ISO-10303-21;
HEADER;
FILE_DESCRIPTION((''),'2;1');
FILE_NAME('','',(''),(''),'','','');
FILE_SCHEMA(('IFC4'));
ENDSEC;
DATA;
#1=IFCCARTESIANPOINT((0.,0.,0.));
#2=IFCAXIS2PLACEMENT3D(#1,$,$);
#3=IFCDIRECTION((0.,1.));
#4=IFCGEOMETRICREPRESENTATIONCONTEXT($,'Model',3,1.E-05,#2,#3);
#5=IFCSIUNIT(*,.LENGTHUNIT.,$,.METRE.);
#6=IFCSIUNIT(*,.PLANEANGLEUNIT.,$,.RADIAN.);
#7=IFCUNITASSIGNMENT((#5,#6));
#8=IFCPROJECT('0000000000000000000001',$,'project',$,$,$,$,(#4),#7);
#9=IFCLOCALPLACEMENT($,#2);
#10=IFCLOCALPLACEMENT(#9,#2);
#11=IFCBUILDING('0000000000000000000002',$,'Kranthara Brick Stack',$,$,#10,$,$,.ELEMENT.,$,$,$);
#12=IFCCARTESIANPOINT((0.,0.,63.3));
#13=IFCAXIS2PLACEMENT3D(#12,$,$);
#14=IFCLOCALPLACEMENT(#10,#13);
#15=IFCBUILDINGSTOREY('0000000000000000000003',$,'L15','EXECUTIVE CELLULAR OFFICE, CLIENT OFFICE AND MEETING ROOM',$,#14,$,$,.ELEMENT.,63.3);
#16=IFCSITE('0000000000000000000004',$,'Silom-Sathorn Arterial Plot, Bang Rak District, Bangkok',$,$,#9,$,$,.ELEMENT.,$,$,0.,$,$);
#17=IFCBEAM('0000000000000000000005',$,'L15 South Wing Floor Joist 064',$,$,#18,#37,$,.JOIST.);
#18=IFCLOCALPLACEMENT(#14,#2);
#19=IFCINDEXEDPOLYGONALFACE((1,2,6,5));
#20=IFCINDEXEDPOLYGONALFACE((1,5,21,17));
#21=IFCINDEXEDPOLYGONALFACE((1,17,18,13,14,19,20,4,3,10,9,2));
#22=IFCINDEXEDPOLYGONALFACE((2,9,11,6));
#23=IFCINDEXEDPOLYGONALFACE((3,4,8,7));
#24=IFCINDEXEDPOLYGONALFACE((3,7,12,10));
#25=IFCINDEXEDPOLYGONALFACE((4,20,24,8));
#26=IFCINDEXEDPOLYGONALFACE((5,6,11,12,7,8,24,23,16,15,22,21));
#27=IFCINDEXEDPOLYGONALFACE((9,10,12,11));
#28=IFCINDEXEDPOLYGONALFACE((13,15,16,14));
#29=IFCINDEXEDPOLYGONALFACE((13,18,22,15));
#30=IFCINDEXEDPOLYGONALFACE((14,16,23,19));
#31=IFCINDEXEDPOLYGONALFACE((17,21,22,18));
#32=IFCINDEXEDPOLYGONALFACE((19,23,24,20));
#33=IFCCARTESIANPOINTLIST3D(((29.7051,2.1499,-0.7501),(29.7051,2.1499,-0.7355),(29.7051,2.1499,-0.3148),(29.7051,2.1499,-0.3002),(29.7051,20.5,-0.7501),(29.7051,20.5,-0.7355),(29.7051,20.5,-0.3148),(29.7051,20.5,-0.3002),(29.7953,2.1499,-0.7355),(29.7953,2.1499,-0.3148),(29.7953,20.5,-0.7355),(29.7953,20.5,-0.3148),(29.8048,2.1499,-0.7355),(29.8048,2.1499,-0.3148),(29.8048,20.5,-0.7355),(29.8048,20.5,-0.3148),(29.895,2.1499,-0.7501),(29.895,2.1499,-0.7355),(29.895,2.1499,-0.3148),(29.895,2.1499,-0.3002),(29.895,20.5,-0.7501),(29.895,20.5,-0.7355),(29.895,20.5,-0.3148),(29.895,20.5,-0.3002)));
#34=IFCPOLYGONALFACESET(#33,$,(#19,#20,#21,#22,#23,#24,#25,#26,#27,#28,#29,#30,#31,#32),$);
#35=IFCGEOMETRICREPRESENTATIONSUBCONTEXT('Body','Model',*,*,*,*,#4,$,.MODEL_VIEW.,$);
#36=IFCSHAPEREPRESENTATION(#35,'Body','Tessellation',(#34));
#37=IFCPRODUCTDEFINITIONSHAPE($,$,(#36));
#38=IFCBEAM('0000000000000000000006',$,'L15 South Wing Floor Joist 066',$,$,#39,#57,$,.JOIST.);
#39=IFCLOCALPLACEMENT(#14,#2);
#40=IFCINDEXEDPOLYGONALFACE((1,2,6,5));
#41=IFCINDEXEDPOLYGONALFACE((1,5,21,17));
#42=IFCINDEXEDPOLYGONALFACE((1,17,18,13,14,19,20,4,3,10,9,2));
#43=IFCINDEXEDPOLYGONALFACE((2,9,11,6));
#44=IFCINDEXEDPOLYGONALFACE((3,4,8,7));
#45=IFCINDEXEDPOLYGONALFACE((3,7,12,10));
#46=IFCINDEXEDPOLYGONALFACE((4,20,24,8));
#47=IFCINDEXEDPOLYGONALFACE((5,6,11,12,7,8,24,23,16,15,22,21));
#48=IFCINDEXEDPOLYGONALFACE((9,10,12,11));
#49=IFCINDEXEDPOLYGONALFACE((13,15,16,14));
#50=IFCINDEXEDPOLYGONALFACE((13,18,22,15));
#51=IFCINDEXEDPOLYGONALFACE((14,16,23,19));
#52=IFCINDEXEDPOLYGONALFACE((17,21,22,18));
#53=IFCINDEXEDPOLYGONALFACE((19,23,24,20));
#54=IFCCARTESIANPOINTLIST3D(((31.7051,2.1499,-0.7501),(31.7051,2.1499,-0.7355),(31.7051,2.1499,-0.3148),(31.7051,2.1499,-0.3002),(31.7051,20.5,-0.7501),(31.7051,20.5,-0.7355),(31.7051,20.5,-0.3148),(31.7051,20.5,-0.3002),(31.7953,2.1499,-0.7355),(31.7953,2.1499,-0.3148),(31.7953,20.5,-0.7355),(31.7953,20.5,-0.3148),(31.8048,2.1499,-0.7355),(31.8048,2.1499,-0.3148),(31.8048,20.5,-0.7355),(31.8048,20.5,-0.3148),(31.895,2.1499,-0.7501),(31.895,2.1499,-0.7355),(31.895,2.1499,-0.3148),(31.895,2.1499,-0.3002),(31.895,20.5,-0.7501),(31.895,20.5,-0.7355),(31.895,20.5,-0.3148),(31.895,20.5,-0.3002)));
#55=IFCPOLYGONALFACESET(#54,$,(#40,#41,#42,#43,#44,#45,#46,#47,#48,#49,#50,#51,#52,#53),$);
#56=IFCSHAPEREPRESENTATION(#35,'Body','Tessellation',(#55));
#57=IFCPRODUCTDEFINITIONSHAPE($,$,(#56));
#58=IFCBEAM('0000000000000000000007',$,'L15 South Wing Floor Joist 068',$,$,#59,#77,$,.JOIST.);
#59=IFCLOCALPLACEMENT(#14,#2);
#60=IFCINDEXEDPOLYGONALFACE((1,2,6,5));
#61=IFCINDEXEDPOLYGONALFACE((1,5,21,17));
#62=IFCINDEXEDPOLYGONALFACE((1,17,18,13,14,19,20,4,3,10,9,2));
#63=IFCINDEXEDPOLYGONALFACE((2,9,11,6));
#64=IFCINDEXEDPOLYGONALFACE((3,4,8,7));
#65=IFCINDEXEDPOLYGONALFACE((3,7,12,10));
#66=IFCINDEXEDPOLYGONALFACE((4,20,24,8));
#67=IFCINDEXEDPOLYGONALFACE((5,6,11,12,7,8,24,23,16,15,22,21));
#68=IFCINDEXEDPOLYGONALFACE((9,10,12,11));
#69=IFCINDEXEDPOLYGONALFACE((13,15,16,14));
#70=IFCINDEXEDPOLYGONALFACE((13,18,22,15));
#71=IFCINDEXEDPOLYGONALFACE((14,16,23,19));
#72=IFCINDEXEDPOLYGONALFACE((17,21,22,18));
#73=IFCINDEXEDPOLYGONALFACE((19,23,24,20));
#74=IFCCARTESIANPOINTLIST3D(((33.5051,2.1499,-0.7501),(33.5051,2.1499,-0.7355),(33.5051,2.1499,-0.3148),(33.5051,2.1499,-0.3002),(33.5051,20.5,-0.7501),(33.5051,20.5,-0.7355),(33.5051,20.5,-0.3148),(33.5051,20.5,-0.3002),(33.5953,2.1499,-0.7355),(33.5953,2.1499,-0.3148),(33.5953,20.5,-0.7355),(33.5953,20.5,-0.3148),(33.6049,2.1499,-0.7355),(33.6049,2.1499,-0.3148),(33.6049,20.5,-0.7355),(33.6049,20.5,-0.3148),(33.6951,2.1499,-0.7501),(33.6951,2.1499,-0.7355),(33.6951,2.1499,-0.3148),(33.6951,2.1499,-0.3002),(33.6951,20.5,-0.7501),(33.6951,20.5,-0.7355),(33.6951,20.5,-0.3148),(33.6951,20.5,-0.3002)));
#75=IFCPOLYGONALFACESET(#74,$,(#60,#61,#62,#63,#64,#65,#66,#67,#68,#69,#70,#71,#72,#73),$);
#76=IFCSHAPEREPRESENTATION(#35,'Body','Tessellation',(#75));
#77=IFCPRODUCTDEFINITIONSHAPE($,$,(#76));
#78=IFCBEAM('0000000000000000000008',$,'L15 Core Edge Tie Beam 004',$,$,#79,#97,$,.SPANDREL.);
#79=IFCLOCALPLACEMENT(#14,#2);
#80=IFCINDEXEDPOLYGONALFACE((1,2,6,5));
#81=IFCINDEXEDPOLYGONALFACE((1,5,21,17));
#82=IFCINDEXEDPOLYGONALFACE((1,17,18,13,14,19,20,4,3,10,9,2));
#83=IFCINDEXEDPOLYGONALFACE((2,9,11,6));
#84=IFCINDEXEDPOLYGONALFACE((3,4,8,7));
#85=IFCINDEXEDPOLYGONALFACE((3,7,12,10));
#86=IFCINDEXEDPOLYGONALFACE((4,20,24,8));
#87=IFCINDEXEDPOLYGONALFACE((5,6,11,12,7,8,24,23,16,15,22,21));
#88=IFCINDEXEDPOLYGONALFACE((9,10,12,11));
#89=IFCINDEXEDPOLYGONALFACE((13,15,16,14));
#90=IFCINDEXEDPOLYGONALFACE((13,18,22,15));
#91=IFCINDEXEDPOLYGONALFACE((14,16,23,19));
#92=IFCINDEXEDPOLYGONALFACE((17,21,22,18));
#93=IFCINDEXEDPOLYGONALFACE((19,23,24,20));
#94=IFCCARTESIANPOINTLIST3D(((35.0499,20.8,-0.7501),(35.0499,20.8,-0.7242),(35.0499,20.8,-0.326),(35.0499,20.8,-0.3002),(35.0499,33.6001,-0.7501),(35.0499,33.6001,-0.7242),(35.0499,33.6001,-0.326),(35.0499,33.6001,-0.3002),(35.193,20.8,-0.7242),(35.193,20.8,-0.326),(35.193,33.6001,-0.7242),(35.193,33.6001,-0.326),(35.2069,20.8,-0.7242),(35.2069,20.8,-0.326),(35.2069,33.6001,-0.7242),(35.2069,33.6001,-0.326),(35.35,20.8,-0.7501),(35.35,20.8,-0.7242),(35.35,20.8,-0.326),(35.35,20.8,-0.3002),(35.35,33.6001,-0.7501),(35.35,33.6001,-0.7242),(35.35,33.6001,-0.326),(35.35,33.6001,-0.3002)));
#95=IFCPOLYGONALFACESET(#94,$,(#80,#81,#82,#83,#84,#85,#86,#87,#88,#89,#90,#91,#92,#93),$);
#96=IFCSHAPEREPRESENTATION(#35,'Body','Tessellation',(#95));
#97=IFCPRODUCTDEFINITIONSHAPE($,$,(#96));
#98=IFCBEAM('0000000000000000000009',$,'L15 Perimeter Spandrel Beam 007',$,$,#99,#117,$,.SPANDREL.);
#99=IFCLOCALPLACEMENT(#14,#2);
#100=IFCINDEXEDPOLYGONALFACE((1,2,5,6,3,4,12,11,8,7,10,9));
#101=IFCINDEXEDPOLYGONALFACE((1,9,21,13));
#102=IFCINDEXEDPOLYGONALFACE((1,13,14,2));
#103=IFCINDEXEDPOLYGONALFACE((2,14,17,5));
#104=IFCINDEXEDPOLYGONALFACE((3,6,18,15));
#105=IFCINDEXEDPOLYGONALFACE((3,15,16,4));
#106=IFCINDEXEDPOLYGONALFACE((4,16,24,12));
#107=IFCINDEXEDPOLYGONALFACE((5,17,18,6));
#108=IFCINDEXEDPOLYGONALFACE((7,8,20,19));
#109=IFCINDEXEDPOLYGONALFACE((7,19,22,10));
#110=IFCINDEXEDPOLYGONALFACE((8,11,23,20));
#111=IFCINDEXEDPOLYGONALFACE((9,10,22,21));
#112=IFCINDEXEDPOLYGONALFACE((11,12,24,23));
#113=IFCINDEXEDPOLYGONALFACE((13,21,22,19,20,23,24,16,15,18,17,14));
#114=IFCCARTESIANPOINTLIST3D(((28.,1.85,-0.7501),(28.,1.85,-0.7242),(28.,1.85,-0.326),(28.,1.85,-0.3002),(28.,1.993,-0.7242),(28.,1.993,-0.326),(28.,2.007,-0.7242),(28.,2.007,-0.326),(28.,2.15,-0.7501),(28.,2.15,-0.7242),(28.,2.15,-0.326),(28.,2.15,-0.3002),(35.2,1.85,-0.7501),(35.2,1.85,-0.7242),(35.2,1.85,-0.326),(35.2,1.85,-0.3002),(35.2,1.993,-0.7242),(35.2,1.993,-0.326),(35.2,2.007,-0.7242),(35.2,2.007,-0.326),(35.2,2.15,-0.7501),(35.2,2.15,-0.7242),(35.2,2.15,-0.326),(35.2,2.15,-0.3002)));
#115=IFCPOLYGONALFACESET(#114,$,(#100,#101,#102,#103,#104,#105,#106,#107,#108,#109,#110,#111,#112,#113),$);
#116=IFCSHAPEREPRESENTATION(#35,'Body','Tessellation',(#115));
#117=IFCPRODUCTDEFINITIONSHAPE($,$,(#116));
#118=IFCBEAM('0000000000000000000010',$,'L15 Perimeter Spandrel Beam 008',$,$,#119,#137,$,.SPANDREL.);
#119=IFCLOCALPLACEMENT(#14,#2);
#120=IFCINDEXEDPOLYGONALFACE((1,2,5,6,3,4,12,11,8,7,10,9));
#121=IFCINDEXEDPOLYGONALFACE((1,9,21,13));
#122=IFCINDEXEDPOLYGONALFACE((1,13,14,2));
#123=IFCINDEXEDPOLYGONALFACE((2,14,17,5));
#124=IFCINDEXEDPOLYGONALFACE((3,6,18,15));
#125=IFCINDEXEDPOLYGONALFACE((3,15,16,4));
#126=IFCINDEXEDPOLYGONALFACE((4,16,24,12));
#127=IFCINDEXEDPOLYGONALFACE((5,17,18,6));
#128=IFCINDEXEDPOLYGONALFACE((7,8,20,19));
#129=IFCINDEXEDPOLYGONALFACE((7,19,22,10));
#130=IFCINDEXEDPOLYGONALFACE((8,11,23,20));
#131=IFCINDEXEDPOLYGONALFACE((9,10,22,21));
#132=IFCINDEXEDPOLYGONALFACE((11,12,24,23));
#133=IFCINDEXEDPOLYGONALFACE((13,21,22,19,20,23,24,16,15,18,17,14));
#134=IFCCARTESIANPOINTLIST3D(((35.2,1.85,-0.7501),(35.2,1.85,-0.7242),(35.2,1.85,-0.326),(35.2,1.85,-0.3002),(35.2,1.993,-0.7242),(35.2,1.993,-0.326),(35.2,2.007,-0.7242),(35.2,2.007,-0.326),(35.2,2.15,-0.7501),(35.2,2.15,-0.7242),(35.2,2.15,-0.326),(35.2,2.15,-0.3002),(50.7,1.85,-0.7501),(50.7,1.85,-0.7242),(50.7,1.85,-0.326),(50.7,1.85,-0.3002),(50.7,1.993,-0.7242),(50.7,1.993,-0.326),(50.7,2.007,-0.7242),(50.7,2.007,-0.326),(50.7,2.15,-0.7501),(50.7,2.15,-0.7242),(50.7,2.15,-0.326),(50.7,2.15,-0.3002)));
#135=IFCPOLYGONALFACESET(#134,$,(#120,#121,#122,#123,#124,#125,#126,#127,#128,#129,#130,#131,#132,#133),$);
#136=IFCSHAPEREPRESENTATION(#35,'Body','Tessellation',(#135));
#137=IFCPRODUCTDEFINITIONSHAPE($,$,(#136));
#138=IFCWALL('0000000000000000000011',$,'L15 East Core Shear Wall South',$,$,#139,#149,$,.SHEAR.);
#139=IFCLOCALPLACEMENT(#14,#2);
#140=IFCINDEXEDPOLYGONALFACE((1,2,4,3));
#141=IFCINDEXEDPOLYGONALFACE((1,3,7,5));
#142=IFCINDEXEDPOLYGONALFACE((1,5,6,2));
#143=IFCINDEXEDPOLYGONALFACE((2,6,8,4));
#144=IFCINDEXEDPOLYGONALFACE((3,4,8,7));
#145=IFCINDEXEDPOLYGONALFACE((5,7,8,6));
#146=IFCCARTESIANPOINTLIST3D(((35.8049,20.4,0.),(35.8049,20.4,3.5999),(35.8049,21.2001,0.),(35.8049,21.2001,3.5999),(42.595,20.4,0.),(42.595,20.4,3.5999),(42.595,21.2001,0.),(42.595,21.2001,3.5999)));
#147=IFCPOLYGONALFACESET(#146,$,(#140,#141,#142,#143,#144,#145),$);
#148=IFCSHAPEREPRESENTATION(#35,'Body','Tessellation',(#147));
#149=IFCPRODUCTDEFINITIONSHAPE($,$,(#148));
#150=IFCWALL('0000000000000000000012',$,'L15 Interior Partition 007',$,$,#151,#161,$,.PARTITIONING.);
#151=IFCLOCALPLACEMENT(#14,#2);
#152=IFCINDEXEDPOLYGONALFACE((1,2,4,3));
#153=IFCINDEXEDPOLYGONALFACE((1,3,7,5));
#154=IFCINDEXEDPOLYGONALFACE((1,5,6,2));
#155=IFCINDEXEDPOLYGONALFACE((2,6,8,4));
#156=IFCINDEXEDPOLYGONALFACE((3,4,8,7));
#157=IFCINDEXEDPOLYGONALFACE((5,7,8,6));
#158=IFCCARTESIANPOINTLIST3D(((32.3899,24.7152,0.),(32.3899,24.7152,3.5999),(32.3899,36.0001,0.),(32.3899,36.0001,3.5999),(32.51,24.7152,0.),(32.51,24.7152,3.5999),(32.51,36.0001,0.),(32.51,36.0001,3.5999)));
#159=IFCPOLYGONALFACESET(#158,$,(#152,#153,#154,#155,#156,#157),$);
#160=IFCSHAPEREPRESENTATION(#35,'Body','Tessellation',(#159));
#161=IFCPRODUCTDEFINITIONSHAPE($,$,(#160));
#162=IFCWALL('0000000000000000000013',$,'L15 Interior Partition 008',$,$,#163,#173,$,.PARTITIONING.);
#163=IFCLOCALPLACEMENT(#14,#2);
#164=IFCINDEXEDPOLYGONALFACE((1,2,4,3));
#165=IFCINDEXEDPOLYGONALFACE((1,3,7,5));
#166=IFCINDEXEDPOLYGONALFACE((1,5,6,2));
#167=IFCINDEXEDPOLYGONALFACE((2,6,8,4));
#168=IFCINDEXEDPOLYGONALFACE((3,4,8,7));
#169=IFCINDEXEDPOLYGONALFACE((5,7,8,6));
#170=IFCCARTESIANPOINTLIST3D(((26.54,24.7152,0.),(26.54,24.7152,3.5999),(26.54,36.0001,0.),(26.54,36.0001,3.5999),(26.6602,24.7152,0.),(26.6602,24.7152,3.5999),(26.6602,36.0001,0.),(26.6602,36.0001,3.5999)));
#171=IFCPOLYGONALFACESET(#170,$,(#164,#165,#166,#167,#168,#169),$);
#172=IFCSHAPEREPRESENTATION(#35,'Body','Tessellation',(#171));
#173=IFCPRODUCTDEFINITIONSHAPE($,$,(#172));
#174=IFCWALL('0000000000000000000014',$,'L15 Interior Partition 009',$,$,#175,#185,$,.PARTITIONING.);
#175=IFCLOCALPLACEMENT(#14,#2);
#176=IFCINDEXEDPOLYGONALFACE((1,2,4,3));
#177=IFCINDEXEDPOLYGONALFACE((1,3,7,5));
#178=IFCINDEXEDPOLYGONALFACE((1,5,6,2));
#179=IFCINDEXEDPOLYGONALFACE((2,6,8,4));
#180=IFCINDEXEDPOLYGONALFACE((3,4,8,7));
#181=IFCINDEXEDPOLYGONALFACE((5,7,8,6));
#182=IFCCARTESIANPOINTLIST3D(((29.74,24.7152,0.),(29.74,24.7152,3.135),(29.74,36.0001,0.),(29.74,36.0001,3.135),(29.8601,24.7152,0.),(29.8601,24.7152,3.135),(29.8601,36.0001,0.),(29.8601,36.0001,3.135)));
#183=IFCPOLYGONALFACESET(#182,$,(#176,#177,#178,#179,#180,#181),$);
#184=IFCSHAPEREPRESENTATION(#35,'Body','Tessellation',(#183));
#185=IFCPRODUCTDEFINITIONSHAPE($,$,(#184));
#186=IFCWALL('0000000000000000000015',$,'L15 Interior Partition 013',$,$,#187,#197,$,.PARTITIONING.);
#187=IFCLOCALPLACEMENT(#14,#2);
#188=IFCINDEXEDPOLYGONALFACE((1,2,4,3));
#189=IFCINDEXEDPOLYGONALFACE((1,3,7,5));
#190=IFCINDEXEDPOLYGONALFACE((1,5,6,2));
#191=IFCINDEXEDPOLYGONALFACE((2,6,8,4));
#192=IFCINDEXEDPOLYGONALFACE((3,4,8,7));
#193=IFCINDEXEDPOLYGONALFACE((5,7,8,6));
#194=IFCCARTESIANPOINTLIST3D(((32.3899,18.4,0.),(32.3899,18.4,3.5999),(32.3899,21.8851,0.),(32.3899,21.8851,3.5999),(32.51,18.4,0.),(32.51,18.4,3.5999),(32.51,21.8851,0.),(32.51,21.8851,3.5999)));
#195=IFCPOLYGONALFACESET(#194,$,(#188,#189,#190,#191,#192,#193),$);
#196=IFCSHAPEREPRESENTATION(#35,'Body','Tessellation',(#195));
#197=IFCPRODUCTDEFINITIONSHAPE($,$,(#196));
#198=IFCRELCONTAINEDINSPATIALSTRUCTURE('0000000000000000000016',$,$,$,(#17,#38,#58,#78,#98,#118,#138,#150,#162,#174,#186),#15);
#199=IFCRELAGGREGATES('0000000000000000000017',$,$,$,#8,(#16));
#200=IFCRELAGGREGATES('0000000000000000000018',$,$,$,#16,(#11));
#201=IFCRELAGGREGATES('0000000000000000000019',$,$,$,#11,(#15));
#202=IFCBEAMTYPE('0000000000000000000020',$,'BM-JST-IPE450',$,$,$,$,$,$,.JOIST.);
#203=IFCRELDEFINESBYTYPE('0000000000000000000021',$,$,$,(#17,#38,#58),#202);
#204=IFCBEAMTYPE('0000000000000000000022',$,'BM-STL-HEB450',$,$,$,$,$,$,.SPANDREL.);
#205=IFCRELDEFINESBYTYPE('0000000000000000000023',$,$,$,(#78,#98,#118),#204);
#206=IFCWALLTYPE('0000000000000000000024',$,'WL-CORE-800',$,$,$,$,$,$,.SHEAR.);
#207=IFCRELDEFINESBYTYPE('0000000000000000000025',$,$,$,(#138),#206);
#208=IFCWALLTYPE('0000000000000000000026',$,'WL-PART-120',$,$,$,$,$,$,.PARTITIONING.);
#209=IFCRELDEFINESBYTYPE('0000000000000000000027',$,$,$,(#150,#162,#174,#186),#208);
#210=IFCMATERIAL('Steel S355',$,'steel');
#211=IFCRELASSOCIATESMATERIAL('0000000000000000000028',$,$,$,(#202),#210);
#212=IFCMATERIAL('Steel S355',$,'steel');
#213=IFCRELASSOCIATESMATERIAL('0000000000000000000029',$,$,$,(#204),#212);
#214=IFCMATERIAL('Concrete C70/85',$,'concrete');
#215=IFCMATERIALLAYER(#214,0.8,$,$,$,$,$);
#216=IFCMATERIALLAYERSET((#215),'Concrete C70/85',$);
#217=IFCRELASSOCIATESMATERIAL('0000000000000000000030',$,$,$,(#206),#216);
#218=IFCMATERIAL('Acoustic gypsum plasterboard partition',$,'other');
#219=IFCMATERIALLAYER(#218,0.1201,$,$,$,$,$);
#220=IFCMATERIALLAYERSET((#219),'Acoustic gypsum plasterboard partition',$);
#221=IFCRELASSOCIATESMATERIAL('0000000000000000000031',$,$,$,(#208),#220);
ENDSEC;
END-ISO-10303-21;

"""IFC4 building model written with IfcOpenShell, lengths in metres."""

from ifc_helpers import new_model, si_unit, direction, frame, frame_2d, origin, origin_2d, place, context, subcontext, project, spatial, rectangle, i_section, extrude, material, layer, layer_set, material_profile, profile_set, type_object, element, save


model = new_model("IFC4")

# Units and contexts
model_context = context("Model", 3, precision=1e-05, world=origin(), true_north=direction((0.0, 1.0)))
body_context = subcontext(model_context, "Body", "Model", "MODEL_VIEW")
ifc_project = project(units=[si_unit("LENGTHUNIT", "METRE"), si_unit("PLANEANGLEUNIT", "RADIAN")], contexts=[model_context])

# Site, building, storey
site_placement = place(None, origin())
site = spatial("IfcSite", under=ifc_project, at=site_placement, Name="Silom-Sathorn Arterial Plot, Bang Rak District, Bangkok", CompositionType="ELEMENT", RefElevation=0.0)
building_placement = place(site_placement, origin())
building = spatial("IfcBuilding", under=site, at=building_placement, Name="Kranthara Brick Stack", CompositionType="ELEMENT")
storey_placement = place(building_placement, frame((0.0, 0.0, 63.3)))
storey = spatial("IfcBuildingStorey", under=building, at=storey_placement, Name="L15", Description="EXECUTIVE CELLULAR OFFICE, CLIENT OFFICE AND MEETING ROOM", CompositionType="ELEMENT", Elevation=63.3)

# Beams
ifc_material_1 = material(Name="Steel S355", Category="steel")
ifc_material_profile_1 = material_profile(ifc_material_1, i_section(OverallWidth=0.1899, OverallDepth=0.45, WebThickness=0.0095, FlangeThickness=0.0146, at=origin_2d()), Name="IPE 450")
ifc_profile_set_1 = profile_set([ifc_material_profile_1], Name="Steel S355")
beam_type_1 = type_object("IfcBeamType", Name="BM-JST-IPE450", PredefinedType="JOIST", material=ifc_profile_set_1)
for number, where, z_axis, x_axis, name in (
    (1, (29.8, 2.1499, -0.5251), (0.0, 1.0, 0.0), (-1.0, 0.0, 0.0), "L15 South Wing Floor Joist 064"),
    (2, (31.8, 2.1499, -0.5251), (0.0, 1.0, 0.0), (-1.0, 0.0, 0.0), "L15 South Wing Floor Joist 066"),
    (3, (33.6001, 2.1499, -0.5251), (0.0, 1.0, 0.0), (-1.0, 0.0, 0.0), "L15 South Wing Floor Joist 068"),
):
    element("IfcBeam", number, at=place(storey_placement, frame(where, z_axis=z_axis, x_axis=x_axis)), inside=storey, type_object=beam_type_1, Name=name, PredefinedType="JOIST", context=body_context, shape_type="SweptSolid", body=[
        extrude(i_section(OverallWidth=0.1899, OverallDepth=0.45, WebThickness=0.0095, FlangeThickness=0.0146, at=origin_2d()), origin(), (0.0, 0.0, 1.0), 18.3501),
    ])
ifc_material_2 = material(Name="Steel S355", Category="steel")
ifc_material_profile_2 = material_profile(ifc_material_2, i_section(OverallWidth=0.3, OverallDepth=0.45, WebThickness=0.0139, FlangeThickness=0.0259, at=origin_2d()), Name="HEB 450")
ifc_profile_set_2 = profile_set([ifc_material_profile_2], Name="Steel S355")
beam_type_2 = type_object("IfcBeamType", Name="BM-STL-HEB450", PredefinedType="SPANDREL", material=ifc_profile_set_2)
beam_1_placement = place(storey_placement, frame((35.2, 20.8, -0.5251), z_axis=(0.0, 1.0, 0.0), x_axis=(-1.0, 0.0, 0.0)))
element("IfcBeam", 4, at=beam_1_placement, inside=storey, type_object=beam_type_2, Name="L15 Core Edge Tie Beam 004", PredefinedType="SPANDREL", context=body_context, shape_type="SweptSolid", body=[
    extrude(i_section(OverallWidth=0.3, OverallDepth=0.45, WebThickness=0.0139, FlangeThickness=0.0259, at=origin_2d()), origin(), (0.0, 0.0, 1.0), 12.8),
])
beam_2_placement = place(storey_placement, frame((28.0, 2.0, -0.5251), z_axis=(1.0, 0.0, 0.0), x_axis=(0.0, 1.0, 0.0)))
element("IfcBeam", 5, at=beam_2_placement, inside=storey, type_object=beam_type_2, Name="L15 Perimeter Spandrel Beam 007", PredefinedType="SPANDREL", context=body_context, shape_type="SweptSolid", body=[
    extrude(i_section(OverallWidth=0.3, OverallDepth=0.45, WebThickness=0.0139, FlangeThickness=0.0259, at=origin_2d()), origin(), (0.0, 0.0, 1.0), 7.2),
])
beam_3_placement = place(storey_placement, frame((35.2, 2.0, -0.5251), z_axis=(1.0, 0.0, 0.0), x_axis=(0.0, 1.0, 0.0)))
element("IfcBeam", 6, at=beam_3_placement, inside=storey, type_object=beam_type_2, Name="L15 Perimeter Spandrel Beam 008", PredefinedType="SPANDREL", context=body_context, shape_type="SweptSolid", body=[
    extrude(i_section(OverallWidth=0.3, OverallDepth=0.45, WebThickness=0.0139, FlangeThickness=0.0259, at=origin_2d()), origin(), (0.0, 0.0, 1.0), 15.5),
])

# Wall
ifc_material_3 = material(Name="Concrete C70/85", Category="concrete")
ifc_layer_1 = layer(ifc_material_3, 0.8)
ifc_layer_set_1 = layer_set([ifc_layer_1], Name="Concrete C70/85")
wall_type_1 = type_object("IfcWallType", Name="WL-CORE-800", PredefinedType="SHEAR", material=ifc_layer_set_1)
wall_1_placement = place(storey_placement, frame((35.8049, 20.8, 0.0), z_axis=(0.0, 0.0, 1.0), x_axis=(1.0, 0.0, 0.0)))
element("IfcWall", 7, at=wall_1_placement, inside=storey, type_object=wall_type_1, Name="L15 East Core Shear Wall South", PredefinedType="SHEAR", context=body_context, shape_type="SweptSolid", body=[
    extrude(rectangle(XDim=6.79, YDim=0.8, at=frame_2d((3.395, 0.0))), origin(), (0.0, 0.0, 1.0), 3.5999),
])

# Walls
ifc_material_4 = material(Name="Acoustic gypsum plasterboard partition", Category="other")
ifc_layer_2 = layer(ifc_material_4, 0.1201)
ifc_layer_set_2 = layer_set([ifc_layer_2], Name="Acoustic gypsum plasterboard partition")
wall_type_2 = type_object("IfcWallType", Name="WL-PART-120", PredefinedType="PARTITIONING", material=ifc_layer_set_2)
for number, where, z_axis, x_axis, name in (
    (8, (32.45, 24.7151, 0.0), (0.0, 0.0, 1.0), (0.0, 1.0, 0.0), "L15 Interior Partition 007"),
    (9, (26.6001, 24.7151, 0.0), (0.0, 0.0, 1.0), (0.0, 1.0, 0.0), "L15 Interior Partition 008"),
):
    element("IfcWall", number, at=place(storey_placement, frame(where, z_axis=z_axis, x_axis=x_axis)), inside=storey, type_object=wall_type_2, Name=name, PredefinedType="PARTITIONING", context=body_context, shape_type="SweptSolid", body=[
        extrude(rectangle(XDim=11.2849, YDim=0.1201, at=frame_2d((5.6426, 0.0))), origin(), (0.0, 0.0, 1.0), 3.5999),
    ])
wall_2_placement = place(storey_placement, frame((29.8, 24.7151, 0.0), z_axis=(0.0, 0.0, 1.0), x_axis=(0.0, 1.0, 0.0)))
element("IfcWall", 10, at=wall_2_placement, inside=storey, type_object=wall_type_2, Name="L15 Interior Partition 009", PredefinedType="PARTITIONING", context=body_context, shape_type="SweptSolid", body=[
    extrude(rectangle(XDim=11.2849, YDim=0.1201, at=frame_2d((5.6426, 0.0))), origin(), (0.0, 0.0, 1.0), 3.135),
])
wall_3_placement = place(storey_placement, frame((32.45, 18.3999, 0.0), z_axis=(0.0, 0.0, 1.0), x_axis=(0.0, 1.0, 0.0)))
element("IfcWall", 11, at=wall_3_placement, inside=storey, type_object=wall_type_2, Name="L15 Interior Partition 013", PredefinedType="PARTITIONING", context=body_context, shape_type="SweptSolid", body=[
    extrude(rectangle(XDim=3.4851, YDim=0.1201, at=frame_2d((1.7427, 0.0))), origin(), (0.0, 0.0, 1.0), 3.5999),
])

save(model, "model.ifc")
